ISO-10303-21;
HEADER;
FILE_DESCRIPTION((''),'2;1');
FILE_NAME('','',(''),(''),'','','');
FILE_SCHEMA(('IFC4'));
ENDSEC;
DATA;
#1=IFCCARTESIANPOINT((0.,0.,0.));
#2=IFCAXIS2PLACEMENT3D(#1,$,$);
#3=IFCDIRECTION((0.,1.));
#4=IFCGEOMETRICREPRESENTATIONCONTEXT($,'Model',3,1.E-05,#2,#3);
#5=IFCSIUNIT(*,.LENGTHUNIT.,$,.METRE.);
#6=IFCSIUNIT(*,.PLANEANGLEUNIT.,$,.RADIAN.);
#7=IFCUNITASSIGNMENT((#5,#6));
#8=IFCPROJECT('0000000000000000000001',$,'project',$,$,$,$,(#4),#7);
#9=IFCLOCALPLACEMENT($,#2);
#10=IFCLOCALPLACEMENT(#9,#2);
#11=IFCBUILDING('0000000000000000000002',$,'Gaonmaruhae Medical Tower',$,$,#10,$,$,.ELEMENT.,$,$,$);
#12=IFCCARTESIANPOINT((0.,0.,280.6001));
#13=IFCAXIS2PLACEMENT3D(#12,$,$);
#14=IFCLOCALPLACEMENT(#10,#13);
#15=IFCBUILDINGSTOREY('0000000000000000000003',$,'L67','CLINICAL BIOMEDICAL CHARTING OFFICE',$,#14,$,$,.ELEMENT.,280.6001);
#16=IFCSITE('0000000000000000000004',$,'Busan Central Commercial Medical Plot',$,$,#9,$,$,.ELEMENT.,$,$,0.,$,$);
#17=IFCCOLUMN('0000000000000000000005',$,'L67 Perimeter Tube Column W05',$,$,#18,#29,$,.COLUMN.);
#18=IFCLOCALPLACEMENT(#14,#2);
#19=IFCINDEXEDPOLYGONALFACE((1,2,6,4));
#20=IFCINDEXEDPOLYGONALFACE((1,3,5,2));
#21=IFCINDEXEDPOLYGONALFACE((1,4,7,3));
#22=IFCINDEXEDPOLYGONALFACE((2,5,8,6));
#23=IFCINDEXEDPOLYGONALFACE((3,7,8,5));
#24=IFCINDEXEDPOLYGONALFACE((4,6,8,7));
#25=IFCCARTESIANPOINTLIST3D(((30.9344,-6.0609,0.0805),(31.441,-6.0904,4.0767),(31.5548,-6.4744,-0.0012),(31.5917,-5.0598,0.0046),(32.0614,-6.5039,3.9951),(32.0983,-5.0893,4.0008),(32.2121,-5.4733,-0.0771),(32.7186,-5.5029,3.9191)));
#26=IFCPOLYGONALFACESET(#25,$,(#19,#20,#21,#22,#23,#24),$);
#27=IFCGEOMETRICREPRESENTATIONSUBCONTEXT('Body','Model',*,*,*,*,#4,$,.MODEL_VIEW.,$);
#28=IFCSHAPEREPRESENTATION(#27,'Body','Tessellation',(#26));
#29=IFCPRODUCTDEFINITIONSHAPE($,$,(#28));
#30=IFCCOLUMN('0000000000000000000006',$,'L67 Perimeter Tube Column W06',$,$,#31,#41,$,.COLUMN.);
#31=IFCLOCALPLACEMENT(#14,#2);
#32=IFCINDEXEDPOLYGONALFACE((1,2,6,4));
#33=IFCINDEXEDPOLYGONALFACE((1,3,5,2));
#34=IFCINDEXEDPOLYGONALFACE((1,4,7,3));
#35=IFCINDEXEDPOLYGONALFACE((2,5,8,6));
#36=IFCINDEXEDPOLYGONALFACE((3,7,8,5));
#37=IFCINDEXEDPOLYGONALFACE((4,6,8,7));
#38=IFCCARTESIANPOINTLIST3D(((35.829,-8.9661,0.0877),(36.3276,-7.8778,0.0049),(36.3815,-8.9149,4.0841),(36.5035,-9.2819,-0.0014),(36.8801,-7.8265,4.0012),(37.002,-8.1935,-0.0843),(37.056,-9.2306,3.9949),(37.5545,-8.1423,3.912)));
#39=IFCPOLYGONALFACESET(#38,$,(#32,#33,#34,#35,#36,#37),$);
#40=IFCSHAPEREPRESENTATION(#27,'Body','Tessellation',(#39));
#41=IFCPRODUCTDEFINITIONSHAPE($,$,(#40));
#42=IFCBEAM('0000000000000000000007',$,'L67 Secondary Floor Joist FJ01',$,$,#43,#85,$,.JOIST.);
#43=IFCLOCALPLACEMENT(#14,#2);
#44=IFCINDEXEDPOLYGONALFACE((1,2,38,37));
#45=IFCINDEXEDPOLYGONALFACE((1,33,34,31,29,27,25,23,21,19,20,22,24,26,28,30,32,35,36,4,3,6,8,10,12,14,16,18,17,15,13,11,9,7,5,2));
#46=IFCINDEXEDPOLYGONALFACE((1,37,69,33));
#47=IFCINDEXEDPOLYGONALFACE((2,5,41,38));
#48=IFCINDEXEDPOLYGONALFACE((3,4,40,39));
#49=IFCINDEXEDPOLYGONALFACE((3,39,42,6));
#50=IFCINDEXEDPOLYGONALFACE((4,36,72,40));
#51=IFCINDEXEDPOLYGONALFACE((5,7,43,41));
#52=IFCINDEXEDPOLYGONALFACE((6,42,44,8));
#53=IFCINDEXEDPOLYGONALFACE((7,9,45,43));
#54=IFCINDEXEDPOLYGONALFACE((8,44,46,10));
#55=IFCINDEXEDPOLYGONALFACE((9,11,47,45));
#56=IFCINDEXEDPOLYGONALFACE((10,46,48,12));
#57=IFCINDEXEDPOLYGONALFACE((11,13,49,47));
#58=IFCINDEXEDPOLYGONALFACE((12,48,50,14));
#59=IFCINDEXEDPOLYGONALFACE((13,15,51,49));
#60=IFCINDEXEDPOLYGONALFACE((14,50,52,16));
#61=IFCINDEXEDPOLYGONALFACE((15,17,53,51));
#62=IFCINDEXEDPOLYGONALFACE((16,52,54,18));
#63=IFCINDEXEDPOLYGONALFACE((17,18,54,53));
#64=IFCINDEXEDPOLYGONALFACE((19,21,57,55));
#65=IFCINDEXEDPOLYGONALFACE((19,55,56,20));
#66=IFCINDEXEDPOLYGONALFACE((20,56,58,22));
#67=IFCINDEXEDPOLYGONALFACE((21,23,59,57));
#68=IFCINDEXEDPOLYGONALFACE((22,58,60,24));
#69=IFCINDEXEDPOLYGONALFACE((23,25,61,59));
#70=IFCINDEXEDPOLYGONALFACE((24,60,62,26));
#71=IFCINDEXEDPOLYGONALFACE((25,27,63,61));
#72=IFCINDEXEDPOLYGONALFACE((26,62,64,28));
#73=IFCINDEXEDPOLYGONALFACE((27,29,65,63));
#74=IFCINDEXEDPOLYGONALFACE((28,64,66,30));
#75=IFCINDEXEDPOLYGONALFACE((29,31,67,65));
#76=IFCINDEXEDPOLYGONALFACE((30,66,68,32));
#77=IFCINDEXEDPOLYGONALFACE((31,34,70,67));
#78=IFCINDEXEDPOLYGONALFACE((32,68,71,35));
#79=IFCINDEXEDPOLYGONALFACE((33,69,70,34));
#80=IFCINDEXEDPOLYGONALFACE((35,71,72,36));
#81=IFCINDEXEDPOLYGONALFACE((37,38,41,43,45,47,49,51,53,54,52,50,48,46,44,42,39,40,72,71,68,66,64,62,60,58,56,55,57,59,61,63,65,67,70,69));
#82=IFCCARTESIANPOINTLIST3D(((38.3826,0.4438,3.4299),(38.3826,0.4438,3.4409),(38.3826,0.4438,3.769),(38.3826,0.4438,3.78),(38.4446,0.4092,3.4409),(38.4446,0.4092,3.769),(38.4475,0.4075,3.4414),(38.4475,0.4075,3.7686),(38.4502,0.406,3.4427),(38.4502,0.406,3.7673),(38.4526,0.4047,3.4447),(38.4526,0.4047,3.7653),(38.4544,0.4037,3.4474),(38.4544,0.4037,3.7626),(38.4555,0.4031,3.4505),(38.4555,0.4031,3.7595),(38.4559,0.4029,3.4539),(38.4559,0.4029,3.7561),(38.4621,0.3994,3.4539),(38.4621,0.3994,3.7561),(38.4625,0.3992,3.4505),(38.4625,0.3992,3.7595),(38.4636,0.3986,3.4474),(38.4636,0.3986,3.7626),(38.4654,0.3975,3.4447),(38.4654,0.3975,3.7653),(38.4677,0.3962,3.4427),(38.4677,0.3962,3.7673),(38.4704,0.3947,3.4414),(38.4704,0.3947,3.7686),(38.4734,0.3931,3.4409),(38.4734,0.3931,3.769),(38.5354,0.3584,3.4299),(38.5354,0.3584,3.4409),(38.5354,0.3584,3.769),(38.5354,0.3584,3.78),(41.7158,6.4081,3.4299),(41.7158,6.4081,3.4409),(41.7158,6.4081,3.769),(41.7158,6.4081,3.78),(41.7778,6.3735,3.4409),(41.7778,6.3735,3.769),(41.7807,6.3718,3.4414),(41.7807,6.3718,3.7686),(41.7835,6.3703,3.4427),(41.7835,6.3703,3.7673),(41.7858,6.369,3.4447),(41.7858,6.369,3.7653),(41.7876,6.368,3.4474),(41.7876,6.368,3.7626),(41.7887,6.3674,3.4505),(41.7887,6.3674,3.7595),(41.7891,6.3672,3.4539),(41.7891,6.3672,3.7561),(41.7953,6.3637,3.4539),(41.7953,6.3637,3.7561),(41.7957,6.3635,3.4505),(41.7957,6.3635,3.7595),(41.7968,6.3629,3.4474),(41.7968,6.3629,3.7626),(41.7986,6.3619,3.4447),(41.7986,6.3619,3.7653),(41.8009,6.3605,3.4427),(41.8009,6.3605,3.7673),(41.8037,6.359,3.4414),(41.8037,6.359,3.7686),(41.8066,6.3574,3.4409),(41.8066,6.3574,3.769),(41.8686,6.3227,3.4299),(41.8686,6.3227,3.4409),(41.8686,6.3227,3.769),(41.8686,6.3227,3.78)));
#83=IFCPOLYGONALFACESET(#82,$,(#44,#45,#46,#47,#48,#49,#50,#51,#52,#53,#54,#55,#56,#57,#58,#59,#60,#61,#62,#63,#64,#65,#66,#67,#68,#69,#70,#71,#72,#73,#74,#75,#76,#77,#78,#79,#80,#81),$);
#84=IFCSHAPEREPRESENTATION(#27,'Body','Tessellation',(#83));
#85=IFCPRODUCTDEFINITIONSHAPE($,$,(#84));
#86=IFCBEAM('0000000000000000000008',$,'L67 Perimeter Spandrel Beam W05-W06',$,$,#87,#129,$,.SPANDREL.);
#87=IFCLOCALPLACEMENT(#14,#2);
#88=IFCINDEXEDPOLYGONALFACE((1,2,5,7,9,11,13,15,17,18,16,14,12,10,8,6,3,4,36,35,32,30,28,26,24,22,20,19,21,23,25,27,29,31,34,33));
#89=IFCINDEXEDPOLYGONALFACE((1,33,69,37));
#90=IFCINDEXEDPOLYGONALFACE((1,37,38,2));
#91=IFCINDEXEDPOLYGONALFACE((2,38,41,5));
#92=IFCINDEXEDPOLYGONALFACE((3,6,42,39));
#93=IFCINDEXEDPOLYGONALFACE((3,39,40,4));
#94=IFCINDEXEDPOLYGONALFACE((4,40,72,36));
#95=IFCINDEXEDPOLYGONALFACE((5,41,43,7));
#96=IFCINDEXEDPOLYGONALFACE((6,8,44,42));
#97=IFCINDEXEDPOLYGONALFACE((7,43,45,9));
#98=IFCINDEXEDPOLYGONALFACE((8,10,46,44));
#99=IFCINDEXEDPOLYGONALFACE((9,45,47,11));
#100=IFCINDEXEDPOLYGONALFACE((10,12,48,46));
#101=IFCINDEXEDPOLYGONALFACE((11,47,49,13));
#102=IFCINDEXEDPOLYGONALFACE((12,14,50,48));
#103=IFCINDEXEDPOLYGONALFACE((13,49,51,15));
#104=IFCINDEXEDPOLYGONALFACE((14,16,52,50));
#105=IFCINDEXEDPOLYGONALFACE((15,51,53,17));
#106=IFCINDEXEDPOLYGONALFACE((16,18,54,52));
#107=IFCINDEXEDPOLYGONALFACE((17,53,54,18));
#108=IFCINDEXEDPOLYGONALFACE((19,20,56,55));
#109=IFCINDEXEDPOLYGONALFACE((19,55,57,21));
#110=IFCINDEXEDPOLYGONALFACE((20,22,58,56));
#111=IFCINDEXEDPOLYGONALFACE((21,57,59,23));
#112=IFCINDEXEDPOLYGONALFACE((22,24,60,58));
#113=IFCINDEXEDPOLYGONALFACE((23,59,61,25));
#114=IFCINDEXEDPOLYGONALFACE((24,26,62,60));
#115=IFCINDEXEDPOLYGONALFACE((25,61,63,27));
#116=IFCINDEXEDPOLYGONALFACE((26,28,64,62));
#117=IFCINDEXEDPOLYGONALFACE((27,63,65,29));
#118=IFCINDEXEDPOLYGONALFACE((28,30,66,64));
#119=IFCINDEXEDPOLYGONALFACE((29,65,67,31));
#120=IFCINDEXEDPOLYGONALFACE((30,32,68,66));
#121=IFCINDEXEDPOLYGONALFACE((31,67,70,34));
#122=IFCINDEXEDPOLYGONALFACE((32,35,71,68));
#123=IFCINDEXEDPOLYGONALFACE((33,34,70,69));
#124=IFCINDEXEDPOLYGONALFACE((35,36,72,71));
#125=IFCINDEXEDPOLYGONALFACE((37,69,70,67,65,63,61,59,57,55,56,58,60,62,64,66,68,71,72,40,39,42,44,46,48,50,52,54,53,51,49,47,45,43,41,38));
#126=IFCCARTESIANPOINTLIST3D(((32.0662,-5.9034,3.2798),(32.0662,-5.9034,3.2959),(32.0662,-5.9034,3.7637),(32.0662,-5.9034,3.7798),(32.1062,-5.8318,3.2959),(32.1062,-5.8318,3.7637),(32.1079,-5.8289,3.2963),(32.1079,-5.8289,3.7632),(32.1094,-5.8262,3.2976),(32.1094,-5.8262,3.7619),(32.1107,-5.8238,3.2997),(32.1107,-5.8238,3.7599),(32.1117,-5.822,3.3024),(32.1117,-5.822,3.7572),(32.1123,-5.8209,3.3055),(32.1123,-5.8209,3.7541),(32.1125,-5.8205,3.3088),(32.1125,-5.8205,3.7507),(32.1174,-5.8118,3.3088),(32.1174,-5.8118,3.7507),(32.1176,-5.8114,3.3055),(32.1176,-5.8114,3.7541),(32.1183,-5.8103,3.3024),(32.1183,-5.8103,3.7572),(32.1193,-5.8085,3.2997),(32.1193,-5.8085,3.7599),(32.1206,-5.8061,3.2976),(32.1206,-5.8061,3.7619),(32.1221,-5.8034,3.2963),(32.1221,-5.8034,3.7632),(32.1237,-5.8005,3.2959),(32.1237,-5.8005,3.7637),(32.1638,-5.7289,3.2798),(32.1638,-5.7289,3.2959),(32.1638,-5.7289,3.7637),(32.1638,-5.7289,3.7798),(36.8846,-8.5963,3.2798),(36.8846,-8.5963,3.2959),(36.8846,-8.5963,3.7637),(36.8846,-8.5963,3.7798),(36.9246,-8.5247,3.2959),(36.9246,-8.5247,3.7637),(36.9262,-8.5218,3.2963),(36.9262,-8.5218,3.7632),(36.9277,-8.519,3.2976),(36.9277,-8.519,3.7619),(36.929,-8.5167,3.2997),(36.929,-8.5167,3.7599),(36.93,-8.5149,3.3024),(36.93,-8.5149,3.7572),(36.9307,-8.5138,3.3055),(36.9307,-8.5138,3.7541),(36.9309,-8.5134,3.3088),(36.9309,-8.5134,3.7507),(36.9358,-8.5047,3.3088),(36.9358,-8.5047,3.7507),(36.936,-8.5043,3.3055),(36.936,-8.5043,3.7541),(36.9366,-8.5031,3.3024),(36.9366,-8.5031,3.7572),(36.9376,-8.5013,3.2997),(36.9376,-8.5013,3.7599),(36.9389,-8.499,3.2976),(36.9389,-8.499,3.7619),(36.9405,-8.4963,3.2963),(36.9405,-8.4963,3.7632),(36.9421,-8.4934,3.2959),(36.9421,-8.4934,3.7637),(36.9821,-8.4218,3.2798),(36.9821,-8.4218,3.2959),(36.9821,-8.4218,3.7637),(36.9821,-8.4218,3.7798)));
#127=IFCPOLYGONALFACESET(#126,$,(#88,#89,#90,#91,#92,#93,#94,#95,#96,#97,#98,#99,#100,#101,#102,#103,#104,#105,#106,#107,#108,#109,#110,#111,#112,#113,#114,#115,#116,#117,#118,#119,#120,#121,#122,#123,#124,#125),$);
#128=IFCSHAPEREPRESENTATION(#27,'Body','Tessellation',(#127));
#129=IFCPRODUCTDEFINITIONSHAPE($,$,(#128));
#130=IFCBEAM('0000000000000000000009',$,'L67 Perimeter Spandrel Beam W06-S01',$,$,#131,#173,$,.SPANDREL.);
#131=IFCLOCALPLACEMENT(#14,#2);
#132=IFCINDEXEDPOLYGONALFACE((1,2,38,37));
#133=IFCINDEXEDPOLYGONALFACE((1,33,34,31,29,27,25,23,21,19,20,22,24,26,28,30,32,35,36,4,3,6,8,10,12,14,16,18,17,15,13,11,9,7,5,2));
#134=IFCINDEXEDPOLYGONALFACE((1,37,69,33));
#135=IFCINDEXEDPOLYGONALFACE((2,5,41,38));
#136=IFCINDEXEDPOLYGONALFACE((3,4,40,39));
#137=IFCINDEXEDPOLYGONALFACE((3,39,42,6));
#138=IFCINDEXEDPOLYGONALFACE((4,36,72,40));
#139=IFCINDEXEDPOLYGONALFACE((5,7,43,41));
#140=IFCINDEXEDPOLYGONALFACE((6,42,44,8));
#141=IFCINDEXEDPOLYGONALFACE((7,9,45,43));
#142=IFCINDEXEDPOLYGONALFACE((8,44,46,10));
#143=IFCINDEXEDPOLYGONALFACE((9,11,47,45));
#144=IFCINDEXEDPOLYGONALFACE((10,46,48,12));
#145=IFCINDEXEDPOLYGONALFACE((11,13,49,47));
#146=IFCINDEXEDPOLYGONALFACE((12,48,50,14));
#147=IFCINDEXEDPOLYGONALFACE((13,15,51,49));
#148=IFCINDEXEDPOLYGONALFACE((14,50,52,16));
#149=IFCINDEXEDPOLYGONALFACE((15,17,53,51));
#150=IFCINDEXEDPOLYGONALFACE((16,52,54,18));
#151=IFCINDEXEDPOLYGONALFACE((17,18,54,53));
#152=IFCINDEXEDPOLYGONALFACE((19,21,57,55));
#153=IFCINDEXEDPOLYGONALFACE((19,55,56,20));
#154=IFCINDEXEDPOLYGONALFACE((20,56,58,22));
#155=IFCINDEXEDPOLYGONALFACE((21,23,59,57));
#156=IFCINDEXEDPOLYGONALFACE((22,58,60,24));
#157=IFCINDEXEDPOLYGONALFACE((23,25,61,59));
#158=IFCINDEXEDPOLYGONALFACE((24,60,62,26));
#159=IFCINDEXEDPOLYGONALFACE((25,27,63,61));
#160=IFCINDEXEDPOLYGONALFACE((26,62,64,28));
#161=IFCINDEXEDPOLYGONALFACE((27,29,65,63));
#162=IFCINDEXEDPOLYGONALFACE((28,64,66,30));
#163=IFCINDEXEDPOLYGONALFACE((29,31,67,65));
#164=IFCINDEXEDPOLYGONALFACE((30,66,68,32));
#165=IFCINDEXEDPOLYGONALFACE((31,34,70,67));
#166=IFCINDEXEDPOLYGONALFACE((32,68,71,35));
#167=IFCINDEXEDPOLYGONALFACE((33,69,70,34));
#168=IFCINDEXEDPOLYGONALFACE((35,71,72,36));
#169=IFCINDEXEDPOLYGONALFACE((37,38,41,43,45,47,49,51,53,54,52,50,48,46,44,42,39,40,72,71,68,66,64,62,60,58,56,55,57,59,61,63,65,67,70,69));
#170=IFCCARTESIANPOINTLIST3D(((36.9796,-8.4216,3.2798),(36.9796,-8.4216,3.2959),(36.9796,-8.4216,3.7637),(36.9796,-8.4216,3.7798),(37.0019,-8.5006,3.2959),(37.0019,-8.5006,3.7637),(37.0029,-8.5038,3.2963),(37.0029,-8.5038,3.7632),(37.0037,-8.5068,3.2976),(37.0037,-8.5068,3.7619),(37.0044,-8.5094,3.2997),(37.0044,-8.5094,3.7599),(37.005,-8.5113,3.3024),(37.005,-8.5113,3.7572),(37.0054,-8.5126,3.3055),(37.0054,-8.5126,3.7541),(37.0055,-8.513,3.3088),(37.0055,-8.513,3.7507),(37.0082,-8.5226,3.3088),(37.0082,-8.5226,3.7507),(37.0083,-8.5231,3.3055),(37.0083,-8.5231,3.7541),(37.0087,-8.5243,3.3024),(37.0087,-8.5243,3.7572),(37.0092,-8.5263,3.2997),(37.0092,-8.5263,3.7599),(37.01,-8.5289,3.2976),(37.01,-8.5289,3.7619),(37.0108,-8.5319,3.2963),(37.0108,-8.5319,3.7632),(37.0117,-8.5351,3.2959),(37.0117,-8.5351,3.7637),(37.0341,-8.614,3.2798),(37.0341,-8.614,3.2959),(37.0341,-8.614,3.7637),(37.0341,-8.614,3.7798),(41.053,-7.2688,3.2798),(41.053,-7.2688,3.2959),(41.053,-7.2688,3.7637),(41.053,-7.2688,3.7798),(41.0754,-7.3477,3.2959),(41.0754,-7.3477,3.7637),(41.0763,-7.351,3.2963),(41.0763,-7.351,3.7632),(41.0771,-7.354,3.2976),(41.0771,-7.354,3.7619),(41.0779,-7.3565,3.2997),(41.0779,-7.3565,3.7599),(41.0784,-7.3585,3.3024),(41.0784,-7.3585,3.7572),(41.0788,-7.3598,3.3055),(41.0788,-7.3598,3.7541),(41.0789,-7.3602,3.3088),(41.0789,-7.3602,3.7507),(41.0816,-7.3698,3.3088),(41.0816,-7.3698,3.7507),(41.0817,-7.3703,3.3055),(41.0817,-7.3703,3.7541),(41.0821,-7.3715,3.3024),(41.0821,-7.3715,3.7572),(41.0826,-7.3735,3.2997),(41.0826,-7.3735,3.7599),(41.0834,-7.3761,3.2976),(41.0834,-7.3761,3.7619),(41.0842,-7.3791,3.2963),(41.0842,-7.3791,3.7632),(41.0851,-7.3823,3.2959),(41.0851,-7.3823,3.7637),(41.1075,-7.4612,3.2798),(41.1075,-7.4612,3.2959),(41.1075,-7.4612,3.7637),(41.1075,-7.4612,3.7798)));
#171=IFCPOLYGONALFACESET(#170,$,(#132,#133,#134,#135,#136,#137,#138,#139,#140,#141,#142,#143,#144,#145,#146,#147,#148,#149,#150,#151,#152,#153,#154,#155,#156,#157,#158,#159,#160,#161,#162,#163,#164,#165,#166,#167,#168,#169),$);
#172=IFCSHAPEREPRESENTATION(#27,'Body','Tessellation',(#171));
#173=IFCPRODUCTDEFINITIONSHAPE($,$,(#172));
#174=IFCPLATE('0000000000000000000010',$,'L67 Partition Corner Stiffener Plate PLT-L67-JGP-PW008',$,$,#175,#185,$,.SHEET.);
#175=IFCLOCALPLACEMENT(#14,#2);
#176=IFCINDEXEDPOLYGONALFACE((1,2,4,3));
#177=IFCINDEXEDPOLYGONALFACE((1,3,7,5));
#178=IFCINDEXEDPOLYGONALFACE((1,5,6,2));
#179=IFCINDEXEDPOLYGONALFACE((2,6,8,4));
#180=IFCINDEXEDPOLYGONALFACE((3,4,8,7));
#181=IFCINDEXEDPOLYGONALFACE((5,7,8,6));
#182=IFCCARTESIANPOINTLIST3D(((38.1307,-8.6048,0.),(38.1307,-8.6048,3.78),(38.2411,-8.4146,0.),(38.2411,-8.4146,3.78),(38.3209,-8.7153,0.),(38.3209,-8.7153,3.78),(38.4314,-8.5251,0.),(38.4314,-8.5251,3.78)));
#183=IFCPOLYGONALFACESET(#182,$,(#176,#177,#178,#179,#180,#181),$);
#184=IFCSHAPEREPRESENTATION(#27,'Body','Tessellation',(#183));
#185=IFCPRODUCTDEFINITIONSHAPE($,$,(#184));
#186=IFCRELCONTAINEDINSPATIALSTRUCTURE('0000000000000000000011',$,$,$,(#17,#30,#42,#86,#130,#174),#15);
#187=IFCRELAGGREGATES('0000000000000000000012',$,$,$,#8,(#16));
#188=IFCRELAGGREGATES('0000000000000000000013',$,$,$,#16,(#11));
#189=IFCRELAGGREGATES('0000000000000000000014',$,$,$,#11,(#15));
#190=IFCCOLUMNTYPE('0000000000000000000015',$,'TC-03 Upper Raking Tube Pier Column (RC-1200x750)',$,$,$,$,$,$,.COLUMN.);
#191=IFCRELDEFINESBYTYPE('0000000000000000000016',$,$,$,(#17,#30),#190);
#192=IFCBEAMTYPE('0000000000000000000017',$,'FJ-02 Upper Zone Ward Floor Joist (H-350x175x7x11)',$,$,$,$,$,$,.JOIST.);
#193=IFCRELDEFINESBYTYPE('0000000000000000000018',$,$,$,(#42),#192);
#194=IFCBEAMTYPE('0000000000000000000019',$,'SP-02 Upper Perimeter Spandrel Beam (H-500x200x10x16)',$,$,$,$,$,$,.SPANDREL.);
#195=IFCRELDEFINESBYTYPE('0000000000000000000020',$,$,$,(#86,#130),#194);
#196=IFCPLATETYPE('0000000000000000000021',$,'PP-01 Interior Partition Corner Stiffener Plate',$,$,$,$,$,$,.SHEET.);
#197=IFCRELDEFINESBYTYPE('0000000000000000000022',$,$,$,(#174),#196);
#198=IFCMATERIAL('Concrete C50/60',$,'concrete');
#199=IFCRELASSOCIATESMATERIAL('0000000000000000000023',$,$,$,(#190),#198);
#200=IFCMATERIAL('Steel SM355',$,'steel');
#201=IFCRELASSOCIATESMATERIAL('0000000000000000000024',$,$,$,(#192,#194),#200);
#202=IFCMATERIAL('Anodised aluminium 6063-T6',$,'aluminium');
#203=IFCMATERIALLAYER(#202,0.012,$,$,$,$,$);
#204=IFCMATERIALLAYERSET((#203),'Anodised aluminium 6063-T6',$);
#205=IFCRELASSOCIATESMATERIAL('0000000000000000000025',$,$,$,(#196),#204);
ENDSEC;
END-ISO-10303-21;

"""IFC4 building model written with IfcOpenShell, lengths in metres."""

from ifc_helpers import new_model, si_unit, direction, frame, origin, origin_2d, place, context, subcontext, project, spatial, rectangle, i_section, extrude, material, layer, layer_set, material_profile, profile_set, type_object, element, save


model = new_model("IFC4")

# Units and contexts
model_context = context("Model", 3, precision=1e-05, world=origin(), true_north=direction((0.0, 1.0)))
body_context = subcontext(model_context, "Body", "Model", "MODEL_VIEW")
ifc_project = project(units=[si_unit("LENGTHUNIT", "METRE"), si_unit("PLANEANGLEUNIT", "RADIAN")], contexts=[model_context])

# Site, building, storey
site_placement = place(None, origin())
site = spatial("IfcSite", under=ifc_project, at=site_placement, Name="Busan Central Commercial Medical Plot", CompositionType="ELEMENT", RefElevation=0.0)
building_placement = place(site_placement, origin())
building = spatial("IfcBuilding", under=site, at=building_placement, Name="Gaonmaruhae Medical Tower", CompositionType="ELEMENT")
storey_placement = place(building_placement, frame((0.0, 0.0, 280.6001)))
storey = spatial("IfcBuildingStorey", under=building, at=storey_placement, Name="L67", Description="CLINICAL BIOMEDICAL CHARTING OFFICE", CompositionType="ELEMENT", Elevation=280.6001)

# Columns
ifc_material_1 = material(Name="Concrete C50/60", Category="concrete")
ifc_material_profile_1 = material_profile(ifc_material_1, rectangle(XDim=1.2, YDim=0.75, at=origin_2d()), Name="RC-1200x750")
ifc_profile_set_1 = profile_set([ifc_material_profile_1], Name="Concrete C50/60")
column_type = type_object("IfcColumnType", Name="TC-03 Upper Raking Tube Pier Column (RC-1200x750)", PredefinedType="COLUMN", material=ifc_profile_set_1)
column_1_placement = place(storey_placement, frame((31.5732, -5.7671, 0.0017), z_axis=(0.125754, -0.007333, 0.992034), x_axis=(-0.547758, -0.834241, 0.063269)))
element("IfcColumn", 1, at=column_1_placement, inside=storey, type_object=column_type, Name="L67 Perimeter Tube Column W05", PredefinedType="COLUMN", context=body_context, shape_type="SweptSolid", body=[
    extrude(rectangle(XDim=1.2, YDim=0.75, at=origin_2d()), origin(), (0.0, 0.0, 1.0), 4.0283),
])
column_2_placement = place(storey_placement, frame((36.4155, -8.5798, 0.0017), z_axis=(0.136936, 0.012707, 0.990498), x_axis=(-0.415465, -0.906983, 0.069074)))
element("IfcColumn", 2, at=column_2_placement, inside=storey, type_object=column_type, Name="L67 Perimeter Tube Column W06", PredefinedType="COLUMN", context=body_context, shape_type="SweptSolid", body=[
    extrude(rectangle(XDim=1.2, YDim=0.75, at=origin_2d()), origin(), (0.0, 0.0, 1.0), 4.0347),
])

# Beams
ifc_material_2 = material(Name="Steel SM355", Category="steel")
ifc_material_profile_2 = material_profile(ifc_material_2, i_section(OverallWidth=0.175, OverallDepth=0.3501, WebThickness=0.0071, FlangeThickness=0.011, FilletRadius=0.0129, at=origin_2d()), Name="H-350x175x7x11")
ifc_profile_set_2 = profile_set([ifc_material_profile_2], Name="Steel SM355")
beam_type_1 = type_object("IfcBeamType", Name="FJ-02 Upper Zone Ward Floor Joist (H-350x175x7x11)", PredefinedType="JOIST", material=ifc_profile_set_2)
beam_1_placement = place(storey_placement, frame((38.459, 0.4011, 3.605), z_axis=(0.487847, 0.872929, 0.0), x_axis=(-0.872929, 0.487847, 0.0)))
element("IfcBeam", 3, at=beam_1_placement, inside=storey, type_object=beam_type_1, Name="L67 Secondary Floor Joist FJ01", PredefinedType="JOIST", context=body_context, shape_type="SweptSolid", body=[
    extrude(i_section(OverallWidth=0.175, OverallDepth=0.3501, WebThickness=0.0071, FlangeThickness=0.011, FilletRadius=0.0129, at=origin_2d()), origin(), (0.0, 0.0, 1.0), 6.8325),
])
ifc_material_profile_3 = material_profile(ifc_material_2, i_section(OverallWidth=0.2, OverallDepth=0.5, WebThickness=0.01, FlangeThickness=0.0161, FilletRadius=0.0129, at=origin_2d()), Name="H-500x200x10x16")
ifc_profile_set_3 = profile_set([ifc_material_profile_3], Name="Steel SM355")
beam_type_2 = type_object("IfcBeamType", Name="SP-02 Upper Perimeter Spandrel Beam (H-500x200x10x16)", PredefinedType="SPANDREL", material=ifc_profile_set_3)
beam_2_placement = place(storey_placement, frame((32.115, -5.8162, 3.5298), z_axis=(0.872924, -0.487857, 0.0), x_axis=(0.487857, 0.872924, 0.0)))
element("IfcBeam", 4, at=beam_2_placement, inside=storey, type_object=beam_type_2, Name="L67 Perimeter Spandrel Beam W05-W06", PredefinedType="SPANDREL", context=body_context, shape_type="SweptSolid", body=[
    extrude(i_section(OverallWidth=0.2, OverallDepth=0.5, WebThickness=0.01, FlangeThickness=0.0161, FilletRadius=0.0129, at=origin_2d()), origin(), (0.0, 0.0, 1.0), 5.5198),
])
beam_3_placement = place(storey_placement, frame((37.0068, -8.5178, 3.5298), z_axis=(0.962209, 0.272313, 0.0), x_axis=(-0.272313, 0.962209, 0.0)))
element("IfcBeam", 5, at=beam_3_placement, inside=storey, type_object=beam_type_2, Name="L67 Perimeter Spandrel Beam W06-S01", PredefinedType="SPANDREL", context=body_context, shape_type="SweptSolid", body=[
    extrude(i_section(OverallWidth=0.2, OverallDepth=0.5, WebThickness=0.01, FlangeThickness=0.0161, FilletRadius=0.0129, at=origin_2d()), origin(), (0.0, 0.0, 1.0), 4.2334),
])

# Plate
ifc_material_3 = material(Name="Anodised aluminium 6063-T6", Category="aluminium")
ifc_layer_1 = layer(ifc_material_3, 0.012)
ifc_layer_set_1 = layer_set([ifc_layer_1], Name="Anodised aluminium 6063-T6")
plate_type = type_object("IfcPlateType", Name="PP-01 Interior Partition Corner Stiffener Plate", PredefinedType="SHEET", material=ifc_layer_set_1)
for number, where, z_axis, x_axis, name in (
    (6, (38.281, -8.5649, 0.0), (0.0, 0.0, 1.0), (-0.864731, 0.502235, 0.0), "L67 Partition Corner Stiffener Plate PLT-L67-JGP-PW008"),
):
    element("IfcPlate", number, at=place(storey_placement, frame(where, z_axis=z_axis, x_axis=x_axis)), inside=storey, type_object=plate_type, Name=name, PredefinedType="SHEET", context=body_context, shape_type="SweptSolid", body=[
        extrude(rectangle(XDim=0.22, YDim=0.22, at=origin_2d()), origin(), (0.0, 0.0, 1.0), 3.78),
    ])

save(model, "model.ifc")
